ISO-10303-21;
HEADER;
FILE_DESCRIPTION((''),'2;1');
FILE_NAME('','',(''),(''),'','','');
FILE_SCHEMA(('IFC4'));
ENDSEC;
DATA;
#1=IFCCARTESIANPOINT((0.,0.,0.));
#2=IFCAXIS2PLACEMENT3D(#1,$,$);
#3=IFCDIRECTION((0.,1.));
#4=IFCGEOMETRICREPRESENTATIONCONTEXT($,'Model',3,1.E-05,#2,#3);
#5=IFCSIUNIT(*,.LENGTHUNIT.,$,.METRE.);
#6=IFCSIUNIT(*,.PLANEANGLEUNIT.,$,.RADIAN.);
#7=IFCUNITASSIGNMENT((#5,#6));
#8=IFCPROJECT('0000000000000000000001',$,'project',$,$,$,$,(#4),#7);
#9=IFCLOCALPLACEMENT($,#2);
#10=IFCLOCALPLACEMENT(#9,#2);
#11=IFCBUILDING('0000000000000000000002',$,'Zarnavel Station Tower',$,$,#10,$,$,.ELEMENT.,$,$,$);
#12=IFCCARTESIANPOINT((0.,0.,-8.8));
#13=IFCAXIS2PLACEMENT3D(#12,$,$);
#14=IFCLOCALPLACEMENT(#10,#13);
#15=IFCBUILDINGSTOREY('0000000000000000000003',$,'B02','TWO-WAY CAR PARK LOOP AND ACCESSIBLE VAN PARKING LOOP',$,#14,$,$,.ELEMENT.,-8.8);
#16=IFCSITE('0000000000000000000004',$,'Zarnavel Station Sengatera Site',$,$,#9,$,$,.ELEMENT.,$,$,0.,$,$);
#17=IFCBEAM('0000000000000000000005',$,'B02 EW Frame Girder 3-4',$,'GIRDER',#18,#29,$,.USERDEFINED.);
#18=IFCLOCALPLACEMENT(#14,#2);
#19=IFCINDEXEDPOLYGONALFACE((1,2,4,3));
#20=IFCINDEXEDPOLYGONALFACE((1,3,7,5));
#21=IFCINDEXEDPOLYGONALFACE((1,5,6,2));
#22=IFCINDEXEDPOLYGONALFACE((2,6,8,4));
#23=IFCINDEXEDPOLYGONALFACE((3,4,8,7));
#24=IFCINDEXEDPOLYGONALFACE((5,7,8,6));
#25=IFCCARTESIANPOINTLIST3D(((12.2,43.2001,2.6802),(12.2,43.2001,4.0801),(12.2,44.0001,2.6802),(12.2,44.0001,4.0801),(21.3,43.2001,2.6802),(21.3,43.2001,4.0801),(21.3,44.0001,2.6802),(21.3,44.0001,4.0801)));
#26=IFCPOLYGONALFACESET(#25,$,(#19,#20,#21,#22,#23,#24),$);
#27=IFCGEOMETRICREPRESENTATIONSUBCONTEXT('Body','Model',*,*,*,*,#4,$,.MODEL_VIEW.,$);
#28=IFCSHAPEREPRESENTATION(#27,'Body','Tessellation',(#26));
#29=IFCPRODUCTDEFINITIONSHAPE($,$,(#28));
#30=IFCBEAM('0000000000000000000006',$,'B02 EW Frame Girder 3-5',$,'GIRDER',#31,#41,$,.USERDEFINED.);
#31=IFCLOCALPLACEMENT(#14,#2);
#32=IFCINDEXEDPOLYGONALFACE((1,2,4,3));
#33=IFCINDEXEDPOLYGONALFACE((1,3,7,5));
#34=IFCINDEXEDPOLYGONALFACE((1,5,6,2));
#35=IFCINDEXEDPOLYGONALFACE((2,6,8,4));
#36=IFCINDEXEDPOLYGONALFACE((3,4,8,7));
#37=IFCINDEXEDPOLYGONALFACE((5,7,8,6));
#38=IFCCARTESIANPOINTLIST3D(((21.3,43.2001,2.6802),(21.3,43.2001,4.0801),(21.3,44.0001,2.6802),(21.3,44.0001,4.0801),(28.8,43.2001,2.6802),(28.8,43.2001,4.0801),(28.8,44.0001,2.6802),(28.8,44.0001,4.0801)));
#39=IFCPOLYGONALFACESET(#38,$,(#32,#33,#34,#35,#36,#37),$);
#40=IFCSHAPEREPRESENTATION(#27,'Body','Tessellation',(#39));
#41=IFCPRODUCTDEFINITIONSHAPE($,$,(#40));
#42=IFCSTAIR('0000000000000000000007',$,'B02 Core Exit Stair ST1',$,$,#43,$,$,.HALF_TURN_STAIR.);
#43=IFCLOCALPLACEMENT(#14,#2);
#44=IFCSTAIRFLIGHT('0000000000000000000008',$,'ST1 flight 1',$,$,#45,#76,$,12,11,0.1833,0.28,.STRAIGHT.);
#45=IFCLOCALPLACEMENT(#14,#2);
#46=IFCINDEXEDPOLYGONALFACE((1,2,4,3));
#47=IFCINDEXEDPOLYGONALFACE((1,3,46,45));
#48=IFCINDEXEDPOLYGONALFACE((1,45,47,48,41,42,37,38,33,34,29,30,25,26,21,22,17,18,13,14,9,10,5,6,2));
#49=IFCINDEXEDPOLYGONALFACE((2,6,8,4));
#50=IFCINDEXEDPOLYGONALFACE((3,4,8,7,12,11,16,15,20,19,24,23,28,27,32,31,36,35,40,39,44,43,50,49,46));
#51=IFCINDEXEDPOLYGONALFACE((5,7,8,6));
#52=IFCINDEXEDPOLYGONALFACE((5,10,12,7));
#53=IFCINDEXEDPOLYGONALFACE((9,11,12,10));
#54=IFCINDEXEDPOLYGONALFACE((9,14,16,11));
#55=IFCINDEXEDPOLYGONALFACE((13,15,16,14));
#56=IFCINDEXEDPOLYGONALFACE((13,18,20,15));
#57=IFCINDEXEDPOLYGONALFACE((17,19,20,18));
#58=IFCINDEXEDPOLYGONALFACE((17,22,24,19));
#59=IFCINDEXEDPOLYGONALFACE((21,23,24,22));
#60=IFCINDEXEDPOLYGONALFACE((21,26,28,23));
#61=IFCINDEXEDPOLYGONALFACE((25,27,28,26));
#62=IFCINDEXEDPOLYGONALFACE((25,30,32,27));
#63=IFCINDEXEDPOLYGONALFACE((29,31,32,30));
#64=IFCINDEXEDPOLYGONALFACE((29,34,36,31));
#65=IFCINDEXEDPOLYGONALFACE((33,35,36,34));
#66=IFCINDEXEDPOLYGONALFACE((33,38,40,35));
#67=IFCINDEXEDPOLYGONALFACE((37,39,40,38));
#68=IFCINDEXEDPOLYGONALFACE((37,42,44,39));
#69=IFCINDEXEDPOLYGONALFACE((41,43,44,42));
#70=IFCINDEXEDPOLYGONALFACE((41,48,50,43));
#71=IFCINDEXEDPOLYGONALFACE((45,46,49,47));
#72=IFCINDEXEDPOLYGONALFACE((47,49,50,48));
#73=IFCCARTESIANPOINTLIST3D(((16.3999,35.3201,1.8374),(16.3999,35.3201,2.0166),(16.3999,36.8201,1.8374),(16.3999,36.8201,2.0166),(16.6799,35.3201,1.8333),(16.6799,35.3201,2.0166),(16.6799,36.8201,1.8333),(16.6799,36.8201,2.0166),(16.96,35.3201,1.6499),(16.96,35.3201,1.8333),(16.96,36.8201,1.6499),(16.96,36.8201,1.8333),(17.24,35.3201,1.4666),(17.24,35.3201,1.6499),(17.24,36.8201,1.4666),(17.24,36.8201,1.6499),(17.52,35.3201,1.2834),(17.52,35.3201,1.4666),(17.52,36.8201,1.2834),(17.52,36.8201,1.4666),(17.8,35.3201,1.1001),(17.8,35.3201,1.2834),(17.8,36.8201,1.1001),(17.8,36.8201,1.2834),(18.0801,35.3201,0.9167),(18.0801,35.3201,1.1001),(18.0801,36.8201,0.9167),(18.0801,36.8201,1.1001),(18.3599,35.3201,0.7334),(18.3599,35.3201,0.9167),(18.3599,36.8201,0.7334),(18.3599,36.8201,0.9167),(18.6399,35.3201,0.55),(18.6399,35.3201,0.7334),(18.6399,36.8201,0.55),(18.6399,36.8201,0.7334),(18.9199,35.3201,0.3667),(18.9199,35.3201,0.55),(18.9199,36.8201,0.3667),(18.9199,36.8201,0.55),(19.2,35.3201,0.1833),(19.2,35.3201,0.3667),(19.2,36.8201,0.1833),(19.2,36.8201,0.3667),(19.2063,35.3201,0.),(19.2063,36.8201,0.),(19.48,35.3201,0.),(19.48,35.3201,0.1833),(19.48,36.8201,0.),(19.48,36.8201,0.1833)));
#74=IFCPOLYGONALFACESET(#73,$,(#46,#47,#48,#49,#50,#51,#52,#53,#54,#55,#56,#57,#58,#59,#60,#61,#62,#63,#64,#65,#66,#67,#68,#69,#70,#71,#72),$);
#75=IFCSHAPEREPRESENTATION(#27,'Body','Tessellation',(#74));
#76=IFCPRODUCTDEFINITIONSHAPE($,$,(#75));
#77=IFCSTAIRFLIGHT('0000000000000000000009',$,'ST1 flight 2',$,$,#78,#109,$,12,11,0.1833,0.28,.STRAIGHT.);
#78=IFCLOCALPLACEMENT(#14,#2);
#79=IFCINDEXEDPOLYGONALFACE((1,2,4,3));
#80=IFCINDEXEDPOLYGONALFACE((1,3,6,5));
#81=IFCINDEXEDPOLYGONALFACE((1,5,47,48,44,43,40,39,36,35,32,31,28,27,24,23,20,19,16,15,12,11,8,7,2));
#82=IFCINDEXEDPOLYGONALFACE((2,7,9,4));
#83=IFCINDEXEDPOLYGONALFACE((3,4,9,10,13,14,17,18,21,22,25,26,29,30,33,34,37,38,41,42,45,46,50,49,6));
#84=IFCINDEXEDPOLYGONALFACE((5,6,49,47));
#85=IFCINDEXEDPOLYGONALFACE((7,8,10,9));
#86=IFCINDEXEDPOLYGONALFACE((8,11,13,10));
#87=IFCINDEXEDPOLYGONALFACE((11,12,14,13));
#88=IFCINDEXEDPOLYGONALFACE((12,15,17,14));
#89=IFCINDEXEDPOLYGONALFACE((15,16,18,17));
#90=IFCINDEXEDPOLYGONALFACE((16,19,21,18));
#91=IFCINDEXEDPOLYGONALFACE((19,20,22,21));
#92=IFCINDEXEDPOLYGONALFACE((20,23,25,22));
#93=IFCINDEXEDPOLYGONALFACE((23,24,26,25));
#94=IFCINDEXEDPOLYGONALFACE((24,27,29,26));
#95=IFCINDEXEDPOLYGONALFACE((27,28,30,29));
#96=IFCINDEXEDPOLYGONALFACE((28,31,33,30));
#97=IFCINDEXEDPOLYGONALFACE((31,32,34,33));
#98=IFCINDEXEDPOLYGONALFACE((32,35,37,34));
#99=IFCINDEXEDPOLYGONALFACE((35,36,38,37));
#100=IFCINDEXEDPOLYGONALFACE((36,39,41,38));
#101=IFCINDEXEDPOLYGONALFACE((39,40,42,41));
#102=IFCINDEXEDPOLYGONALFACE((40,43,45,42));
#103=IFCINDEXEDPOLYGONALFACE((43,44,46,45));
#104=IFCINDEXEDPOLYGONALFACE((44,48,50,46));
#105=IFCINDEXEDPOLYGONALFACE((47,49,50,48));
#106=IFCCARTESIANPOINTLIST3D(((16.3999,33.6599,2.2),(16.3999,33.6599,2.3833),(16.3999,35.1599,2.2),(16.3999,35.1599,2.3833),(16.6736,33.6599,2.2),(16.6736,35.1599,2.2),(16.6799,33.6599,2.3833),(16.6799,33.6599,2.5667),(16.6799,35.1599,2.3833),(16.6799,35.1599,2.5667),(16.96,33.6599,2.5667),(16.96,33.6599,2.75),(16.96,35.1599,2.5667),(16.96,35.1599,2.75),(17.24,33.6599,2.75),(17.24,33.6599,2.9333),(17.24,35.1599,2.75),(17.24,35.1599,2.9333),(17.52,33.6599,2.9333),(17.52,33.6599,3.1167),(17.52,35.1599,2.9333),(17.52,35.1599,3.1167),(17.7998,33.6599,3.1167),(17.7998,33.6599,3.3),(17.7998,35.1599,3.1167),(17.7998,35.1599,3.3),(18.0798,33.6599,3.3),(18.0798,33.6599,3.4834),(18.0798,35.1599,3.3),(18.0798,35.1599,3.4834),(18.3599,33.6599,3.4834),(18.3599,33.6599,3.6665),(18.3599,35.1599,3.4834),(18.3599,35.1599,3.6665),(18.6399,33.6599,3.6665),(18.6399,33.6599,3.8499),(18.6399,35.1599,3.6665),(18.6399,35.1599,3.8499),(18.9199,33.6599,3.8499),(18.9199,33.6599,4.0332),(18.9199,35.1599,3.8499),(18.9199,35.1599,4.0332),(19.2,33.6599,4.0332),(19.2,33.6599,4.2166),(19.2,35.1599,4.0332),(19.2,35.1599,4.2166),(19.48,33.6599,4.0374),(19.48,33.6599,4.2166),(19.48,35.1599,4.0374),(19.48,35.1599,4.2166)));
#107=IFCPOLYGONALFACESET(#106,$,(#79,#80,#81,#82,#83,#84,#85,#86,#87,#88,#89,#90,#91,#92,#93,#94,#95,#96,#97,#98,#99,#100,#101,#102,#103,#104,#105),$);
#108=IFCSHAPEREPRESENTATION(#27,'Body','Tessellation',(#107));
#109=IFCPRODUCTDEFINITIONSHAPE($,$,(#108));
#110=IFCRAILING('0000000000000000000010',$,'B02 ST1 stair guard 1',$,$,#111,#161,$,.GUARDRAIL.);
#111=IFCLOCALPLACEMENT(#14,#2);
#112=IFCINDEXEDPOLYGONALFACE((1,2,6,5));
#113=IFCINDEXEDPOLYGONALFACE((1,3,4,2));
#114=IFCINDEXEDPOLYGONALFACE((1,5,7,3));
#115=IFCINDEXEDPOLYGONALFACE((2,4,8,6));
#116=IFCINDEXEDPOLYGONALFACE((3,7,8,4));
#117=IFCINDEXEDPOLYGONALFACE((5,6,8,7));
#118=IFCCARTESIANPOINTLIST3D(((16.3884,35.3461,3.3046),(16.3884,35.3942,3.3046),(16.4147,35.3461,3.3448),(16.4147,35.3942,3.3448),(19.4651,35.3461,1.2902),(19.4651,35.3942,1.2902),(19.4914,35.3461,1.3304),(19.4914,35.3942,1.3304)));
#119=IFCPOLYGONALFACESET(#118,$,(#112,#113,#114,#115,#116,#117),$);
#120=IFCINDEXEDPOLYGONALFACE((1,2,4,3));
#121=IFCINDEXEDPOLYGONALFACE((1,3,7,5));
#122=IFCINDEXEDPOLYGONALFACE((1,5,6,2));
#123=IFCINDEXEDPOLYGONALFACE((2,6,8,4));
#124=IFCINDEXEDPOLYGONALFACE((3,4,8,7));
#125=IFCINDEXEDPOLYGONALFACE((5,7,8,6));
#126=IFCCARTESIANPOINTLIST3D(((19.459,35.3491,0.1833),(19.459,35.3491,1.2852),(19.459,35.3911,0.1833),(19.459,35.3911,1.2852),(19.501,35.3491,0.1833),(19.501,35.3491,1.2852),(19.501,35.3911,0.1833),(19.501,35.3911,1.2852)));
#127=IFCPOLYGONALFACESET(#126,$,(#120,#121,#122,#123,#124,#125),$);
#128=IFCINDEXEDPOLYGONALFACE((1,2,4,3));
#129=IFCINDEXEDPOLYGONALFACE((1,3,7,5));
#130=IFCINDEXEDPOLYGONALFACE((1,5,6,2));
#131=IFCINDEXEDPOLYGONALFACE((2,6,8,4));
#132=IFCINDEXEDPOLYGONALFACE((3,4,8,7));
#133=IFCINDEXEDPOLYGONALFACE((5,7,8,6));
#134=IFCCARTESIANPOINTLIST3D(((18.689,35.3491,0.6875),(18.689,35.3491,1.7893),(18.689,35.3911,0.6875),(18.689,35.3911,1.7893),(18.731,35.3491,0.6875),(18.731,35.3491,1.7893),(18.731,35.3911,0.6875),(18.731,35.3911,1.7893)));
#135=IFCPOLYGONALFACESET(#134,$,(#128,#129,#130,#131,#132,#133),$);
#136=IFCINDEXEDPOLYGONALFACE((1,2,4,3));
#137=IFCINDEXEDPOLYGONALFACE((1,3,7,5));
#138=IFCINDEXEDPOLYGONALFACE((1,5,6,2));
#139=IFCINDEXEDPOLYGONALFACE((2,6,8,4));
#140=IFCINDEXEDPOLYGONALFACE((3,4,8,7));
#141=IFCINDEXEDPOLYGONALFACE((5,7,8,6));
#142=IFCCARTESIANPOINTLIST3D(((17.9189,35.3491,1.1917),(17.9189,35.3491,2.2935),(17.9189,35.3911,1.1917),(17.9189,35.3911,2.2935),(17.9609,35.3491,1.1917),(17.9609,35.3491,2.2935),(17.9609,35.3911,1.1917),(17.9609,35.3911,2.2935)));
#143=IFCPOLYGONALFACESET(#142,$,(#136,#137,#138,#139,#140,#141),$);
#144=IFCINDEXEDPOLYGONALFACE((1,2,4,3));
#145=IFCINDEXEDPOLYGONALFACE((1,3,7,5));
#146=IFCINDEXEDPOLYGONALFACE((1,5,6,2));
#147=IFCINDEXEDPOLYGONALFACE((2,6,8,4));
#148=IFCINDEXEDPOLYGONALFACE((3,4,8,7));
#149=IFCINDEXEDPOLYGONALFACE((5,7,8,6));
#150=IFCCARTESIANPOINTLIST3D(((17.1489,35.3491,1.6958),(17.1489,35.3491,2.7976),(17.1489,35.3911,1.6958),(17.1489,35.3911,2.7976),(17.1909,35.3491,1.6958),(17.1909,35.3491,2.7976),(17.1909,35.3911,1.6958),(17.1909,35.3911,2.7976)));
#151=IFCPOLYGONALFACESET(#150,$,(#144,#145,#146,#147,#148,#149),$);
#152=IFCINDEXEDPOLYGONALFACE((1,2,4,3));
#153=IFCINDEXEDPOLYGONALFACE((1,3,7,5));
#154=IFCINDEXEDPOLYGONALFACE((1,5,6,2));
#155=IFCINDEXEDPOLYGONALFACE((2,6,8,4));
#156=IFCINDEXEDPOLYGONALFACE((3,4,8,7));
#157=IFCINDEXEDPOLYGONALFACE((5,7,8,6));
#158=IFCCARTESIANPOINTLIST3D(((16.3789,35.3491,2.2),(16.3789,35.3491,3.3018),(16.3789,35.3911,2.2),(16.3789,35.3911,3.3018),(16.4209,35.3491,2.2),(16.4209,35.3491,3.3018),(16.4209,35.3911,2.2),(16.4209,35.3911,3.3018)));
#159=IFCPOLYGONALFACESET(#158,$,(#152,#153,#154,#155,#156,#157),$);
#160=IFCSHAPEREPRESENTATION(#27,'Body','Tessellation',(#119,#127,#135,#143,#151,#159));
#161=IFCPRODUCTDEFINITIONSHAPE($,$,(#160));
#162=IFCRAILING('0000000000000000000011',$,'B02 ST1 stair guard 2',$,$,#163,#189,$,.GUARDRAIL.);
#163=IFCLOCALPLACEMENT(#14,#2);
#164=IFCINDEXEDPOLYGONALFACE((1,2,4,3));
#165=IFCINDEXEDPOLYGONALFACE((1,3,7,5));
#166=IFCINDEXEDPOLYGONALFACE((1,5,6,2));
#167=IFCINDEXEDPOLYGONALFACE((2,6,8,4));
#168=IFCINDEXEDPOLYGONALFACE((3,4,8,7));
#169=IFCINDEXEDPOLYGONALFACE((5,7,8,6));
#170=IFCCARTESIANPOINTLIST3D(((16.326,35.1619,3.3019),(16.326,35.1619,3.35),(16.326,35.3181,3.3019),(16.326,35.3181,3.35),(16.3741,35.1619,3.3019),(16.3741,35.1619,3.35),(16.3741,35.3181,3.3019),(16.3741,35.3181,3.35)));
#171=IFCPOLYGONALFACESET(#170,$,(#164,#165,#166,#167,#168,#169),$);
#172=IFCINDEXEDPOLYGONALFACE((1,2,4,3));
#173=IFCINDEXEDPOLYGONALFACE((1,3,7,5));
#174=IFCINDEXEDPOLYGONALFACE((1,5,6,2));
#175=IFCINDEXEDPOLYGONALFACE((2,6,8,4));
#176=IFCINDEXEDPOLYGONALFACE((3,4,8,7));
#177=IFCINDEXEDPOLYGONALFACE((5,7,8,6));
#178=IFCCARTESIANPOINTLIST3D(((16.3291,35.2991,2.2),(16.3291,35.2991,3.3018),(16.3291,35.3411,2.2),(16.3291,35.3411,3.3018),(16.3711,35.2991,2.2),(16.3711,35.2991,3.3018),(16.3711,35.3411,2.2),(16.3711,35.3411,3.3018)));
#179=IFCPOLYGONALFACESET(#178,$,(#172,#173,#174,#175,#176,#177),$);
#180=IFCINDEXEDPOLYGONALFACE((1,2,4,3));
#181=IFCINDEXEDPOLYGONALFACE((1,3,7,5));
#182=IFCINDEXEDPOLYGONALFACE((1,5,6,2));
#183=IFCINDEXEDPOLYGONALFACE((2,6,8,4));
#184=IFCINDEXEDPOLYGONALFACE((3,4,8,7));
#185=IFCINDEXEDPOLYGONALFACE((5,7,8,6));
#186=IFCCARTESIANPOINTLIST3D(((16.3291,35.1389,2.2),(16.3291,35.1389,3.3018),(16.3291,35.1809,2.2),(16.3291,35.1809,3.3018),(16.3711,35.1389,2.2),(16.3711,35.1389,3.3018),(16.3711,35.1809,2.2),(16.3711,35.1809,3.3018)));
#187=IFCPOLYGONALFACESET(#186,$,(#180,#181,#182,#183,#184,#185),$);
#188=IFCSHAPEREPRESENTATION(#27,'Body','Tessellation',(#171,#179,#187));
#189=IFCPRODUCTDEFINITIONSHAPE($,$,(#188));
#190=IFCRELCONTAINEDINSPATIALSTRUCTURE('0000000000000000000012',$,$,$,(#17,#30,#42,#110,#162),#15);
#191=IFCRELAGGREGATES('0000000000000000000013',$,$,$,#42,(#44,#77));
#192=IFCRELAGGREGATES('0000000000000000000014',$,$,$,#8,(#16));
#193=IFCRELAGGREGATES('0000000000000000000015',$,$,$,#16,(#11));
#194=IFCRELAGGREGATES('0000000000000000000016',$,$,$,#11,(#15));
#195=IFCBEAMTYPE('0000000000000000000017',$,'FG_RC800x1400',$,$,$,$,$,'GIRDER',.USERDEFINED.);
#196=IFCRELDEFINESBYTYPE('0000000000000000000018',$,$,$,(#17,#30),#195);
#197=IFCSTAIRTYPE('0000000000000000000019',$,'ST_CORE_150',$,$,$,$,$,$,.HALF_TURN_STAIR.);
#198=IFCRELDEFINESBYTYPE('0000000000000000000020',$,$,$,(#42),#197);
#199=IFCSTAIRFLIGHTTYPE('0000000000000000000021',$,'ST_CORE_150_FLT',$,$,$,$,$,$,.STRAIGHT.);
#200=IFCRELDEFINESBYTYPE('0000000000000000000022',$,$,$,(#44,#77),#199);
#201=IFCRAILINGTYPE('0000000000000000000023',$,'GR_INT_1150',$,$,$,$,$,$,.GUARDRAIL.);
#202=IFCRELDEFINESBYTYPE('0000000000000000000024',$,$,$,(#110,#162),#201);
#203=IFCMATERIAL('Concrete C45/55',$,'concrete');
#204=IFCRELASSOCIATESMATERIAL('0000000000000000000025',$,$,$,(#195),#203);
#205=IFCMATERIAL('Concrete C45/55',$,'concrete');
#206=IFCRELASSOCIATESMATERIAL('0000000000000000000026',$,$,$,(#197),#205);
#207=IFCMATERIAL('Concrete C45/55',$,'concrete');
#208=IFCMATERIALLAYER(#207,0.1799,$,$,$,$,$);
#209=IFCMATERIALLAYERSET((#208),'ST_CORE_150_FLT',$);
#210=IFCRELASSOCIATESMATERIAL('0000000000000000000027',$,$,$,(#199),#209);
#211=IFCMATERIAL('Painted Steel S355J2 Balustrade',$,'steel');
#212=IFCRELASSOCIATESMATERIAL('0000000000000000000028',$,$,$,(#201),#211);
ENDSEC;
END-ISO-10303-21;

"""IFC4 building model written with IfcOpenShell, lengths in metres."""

from ifc_helpers import new_model, si_unit, direction, frame, origin, origin_2d, place, context, subcontext, project, spatial, polyline, rectangle, outline, extrude, material, layer, layer_set, material_profile, profile_set, type_object, element, aggregate, save


model = new_model("IFC4")

# Units and contexts
model_context = context("Model", 3, precision=1e-05, world=origin(), true_north=direction((0.0, 1.0)))
body_context = subcontext(model_context, "Body", "Model", "MODEL_VIEW")
ifc_project = project(units=[si_unit("LENGTHUNIT", "METRE"), si_unit("PLANEANGLEUNIT", "RADIAN")], contexts=[model_context])

# Site, building, storey
site_placement = place(None, origin())
site = spatial("IfcSite", under=ifc_project, at=site_placement, Name="Zarnavel Station Sengatera Site", CompositionType="ELEMENT", RefElevation=0.0)
building_placement = place(site_placement, origin())
building = spatial("IfcBuilding", under=site, at=building_placement, Name="Zarnavel Station Tower", CompositionType="ELEMENT")
storey_placement = place(building_placement, frame((0.0, 0.0, -8.8)))
storey = spatial("IfcBuildingStorey", under=building, at=storey_placement, Name="B02", Description="TWO-WAY CAR PARK LOOP AND ACCESSIBLE VAN PARKING LOOP", CompositionType="ELEMENT", Elevation=-8.8)

# Beams
ifc_material_1 = material(Name="Concrete C45/55", Category="concrete")
ifc_material_profile_1 = material_profile(ifc_material_1, rectangle(XDim=0.8, YDim=1.3999, at=origin_2d()), Name="RC800x1400")
ifc_profile_set_1 = profile_set([ifc_material_profile_1], Name="Concrete C45/55")
beam_type_1 = type_object("IfcBeamType", Name="FG_RC800x1400", ElementType="GIRDER", PredefinedType="USERDEFINED", material=ifc_profile_set_1)
beam_1_placement = place(storey_placement, frame((12.2, 43.6001, 3.3801), z_axis=(1.0, 0.0, 0.0), x_axis=(0.0, 1.0, 0.0)))
element("IfcBeam", 1, at=beam_1_placement, inside=storey, type_object=beam_type_1, Name="B02 EW Frame Girder 3-4", ObjectType="GIRDER", PredefinedType="USERDEFINED", context=body_context, shape_type="SweptSolid", body=[
    extrude(rectangle(XDim=0.8, YDim=1.3999, at=origin_2d()), origin(), (0.0, 0.0, 1.0), 9.1001),
])
beam_2_placement = place(storey_placement, frame((21.3, 43.6001, 3.3801), z_axis=(1.0, 0.0, 0.0), x_axis=(0.0, 1.0, 0.0)))
element("IfcBeam", 2, at=beam_2_placement, inside=storey, type_object=beam_type_1, Name="B02 EW Frame Girder 3-5", ObjectType="GIRDER", PredefinedType="USERDEFINED", context=body_context, shape_type="SweptSolid", body=[
    extrude(rectangle(XDim=0.8, YDim=1.3999, at=origin_2d()), origin(), (0.0, 0.0, 1.0), 7.5),
])

# Stair, stair flights
ifc_material_2 = material(Name="Concrete C45/55", Category="concrete")
stair_type = type_object("IfcStairType", Name="ST_CORE_150", PredefinedType="HALF_TURN_STAIR", material=ifc_material_2)
stair_placement = place(storey_placement, origin())
stair = element("IfcStair", 3, at=stair_placement, inside=storey, type_object=stair_type, Name="B02 Core Exit Stair ST1", PredefinedType="HALF_TURN_STAIR")
ifc_material_3 = material(Name="Concrete C45/55", Category="concrete")
ifc_layer = layer(ifc_material_3, 0.1799)
ifc_layer_set = layer_set([ifc_layer], Name="ST_CORE_150_FLT")
stair_flight_type = type_object("IfcStairFlightType", Name="ST_CORE_150_FLT", PredefinedType="STRAIGHT", material=ifc_layer_set)
stair_flight_1_placement = place(storey_placement, frame((19.48, 36.0701, 0.0), z_axis=(0.0, 0.0, 1.0), x_axis=(-1.0, 0.0, 0.0)))
stair_flight_1 = element("IfcStairFlight", 4, at=stair_flight_1_placement, type_object=stair_flight_type, Name="ST1 flight 1", NumberOfRisers=12, NumberOfTreads=11, PredefinedType="STRAIGHT", RiserHeight=0.1833, TreadLength=0.28, context=body_context, shape_type="SweptSolid", body=[
    extrude(outline(polyline([(0.0, 0.0), (0.0, 0.1833), (0.28, 0.1833), (0.28, 0.3667), (0.5601, 0.3667), (0.5601, 0.55), (0.8401, 0.55), (0.8401, 0.7334), (1.1201, 0.7334), (1.1201, 0.9167), (1.3999, 0.9167), (1.3999, 1.1001), (1.6799, 1.1001), (1.6799, 1.2834), (1.96, 1.2834), (1.96, 1.4666), (2.24, 1.4666), (2.24, 1.6499), (2.52, 1.6499), (2.52, 1.8333), (2.8, 1.8333), (2.8, 2.0166), (3.0801, 2.0166), (3.0801, 2.2), (3.0801, 1.8374), (0.2737, 0.0), (0.0, 0.0)])), frame((0.0, 0.75, 0.0), z_axis=(0.0, -1.0, 0.0), x_axis=(1.0, 0.0, 0.0)), (0.0, 0.0, 1.0), 1.5),
])
stair_flight_2_placement = place(storey_placement, frame((16.3999, 34.4099, 2.2), z_axis=(0.0, 0.0, 1.0), x_axis=(1.0, 0.0, 0.0)))
stair_flight_2 = element("IfcStairFlight", 5, at=stair_flight_2_placement, type_object=stair_flight_type, Name="ST1 flight 2", NumberOfRisers=12, NumberOfTreads=11, PredefinedType="STRAIGHT", RiserHeight=0.1833, TreadLength=0.28, context=body_context, shape_type="SweptSolid", body=[
    extrude(outline(polyline([(0.0, 0.0), (0.0, 0.1833), (0.28, 0.1833), (0.28, 0.3667), (0.5601, 0.3667), (0.5601, 0.55), (0.8401, 0.55), (0.8401, 0.7334), (1.1201, 0.7334), (1.1201, 0.9167), (1.3999, 0.9167), (1.3999, 1.1001), (1.6799, 1.1001), (1.6799, 1.2834), (1.96, 1.2834), (1.96, 1.4666), (2.24, 1.4666), (2.24, 1.6499), (2.52, 1.6499), (2.52, 1.8333), (2.8, 1.8333), (2.8, 2.0166), (3.0801, 2.0166), (3.0801, 2.2), (3.0801, 1.8374), (0.2737, 0.0), (0.0, 0.0)])), frame((0.0, 0.75, 0.0), z_axis=(0.0, -1.0, 0.0), x_axis=(1.0, 0.0, 0.0)), (0.0, 0.0, 1.0), 1.5),
])
aggregate(stair, [stair_flight_1, stair_flight_2])

# Railings
ifc_material_4 = material(Name="Painted Steel S355J2 Balustrade", Category="steel")
railing_type_1 = type_object("IfcRailingType", Name="GR_INT_1150", PredefinedType="GUARDRAIL", material=ifc_material_4)
railing_1_placement = place(storey_placement, frame((19.48, 35.3701, 0.1833)))
element("IfcRailing", 6, at=railing_1_placement, inside=storey, type_object=railing_type_1, Name="B02 ST1 stair guard 1", PredefinedType="GUARDRAIL", context=body_context, shape_type="SweptSolid", body=[
    extrude(rectangle(XDim=0.0481, YDim=0.0481, at=origin_2d()), frame((-0.0017, 0.0, 1.127), z_axis=(-0.836633, 0.0, 0.547764), x_axis=(0.0, -1.0, 0.0)), (0.0, 0.0, 1.0), 3.6775),
    extrude(rectangle(XDim=0.042, YDim=0.042, at=origin_2d()), origin(), (0.0, 0.0, 1.0), 1.1018),
    extrude(rectangle(XDim=0.042, YDim=0.042, at=origin_2d()), frame((-0.77, 0.0, 0.5042)), (0.0, 0.0, 1.0), 1.1018),
    extrude(rectangle(XDim=0.042, YDim=0.042, at=origin_2d()), frame((-1.54, 0.0, 1.0083)), (0.0, 0.0, 1.0), 1.1018),
    extrude(rectangle(XDim=0.042, YDim=0.042, at=origin_2d()), frame((-2.3101, 0.0, 1.5125)), (0.0, 0.0, 1.0), 1.1018),
    extrude(rectangle(XDim=0.042, YDim=0.042, at=origin_2d()), frame((-3.0801, 0.0, 2.0166)), (0.0, 0.0, 1.0), 1.1018),
])
railing_2_placement = place(storey_placement, frame((16.3501, 35.3201, 2.2)))
element("IfcRailing", 7, at=railing_2_placement, inside=storey, type_object=railing_type_1, Name="B02 ST1 stair guard 2", PredefinedType="GUARDRAIL", context=body_context, shape_type="SweptSolid", body=[
    extrude(rectangle(XDim=0.0481, YDim=0.0481, at=origin_2d()), frame((0.0, -0.002, 1.126), z_axis=(0.0, -1.0, 0.0), x_axis=(1.0, 0.0, 0.0)), (0.0, 0.0, 1.0), 0.1562),
    extrude(rectangle(XDim=0.042, YDim=0.042, at=origin_2d()), origin(), (0.0, 0.0, 1.0), 1.1018),
    extrude(rectangle(XDim=0.042, YDim=0.042, at=origin_2d()), frame((0.0, -0.1602, 0.0)), (0.0, 0.0, 1.0), 1.1018),
])

save(model, "model.ifc")
